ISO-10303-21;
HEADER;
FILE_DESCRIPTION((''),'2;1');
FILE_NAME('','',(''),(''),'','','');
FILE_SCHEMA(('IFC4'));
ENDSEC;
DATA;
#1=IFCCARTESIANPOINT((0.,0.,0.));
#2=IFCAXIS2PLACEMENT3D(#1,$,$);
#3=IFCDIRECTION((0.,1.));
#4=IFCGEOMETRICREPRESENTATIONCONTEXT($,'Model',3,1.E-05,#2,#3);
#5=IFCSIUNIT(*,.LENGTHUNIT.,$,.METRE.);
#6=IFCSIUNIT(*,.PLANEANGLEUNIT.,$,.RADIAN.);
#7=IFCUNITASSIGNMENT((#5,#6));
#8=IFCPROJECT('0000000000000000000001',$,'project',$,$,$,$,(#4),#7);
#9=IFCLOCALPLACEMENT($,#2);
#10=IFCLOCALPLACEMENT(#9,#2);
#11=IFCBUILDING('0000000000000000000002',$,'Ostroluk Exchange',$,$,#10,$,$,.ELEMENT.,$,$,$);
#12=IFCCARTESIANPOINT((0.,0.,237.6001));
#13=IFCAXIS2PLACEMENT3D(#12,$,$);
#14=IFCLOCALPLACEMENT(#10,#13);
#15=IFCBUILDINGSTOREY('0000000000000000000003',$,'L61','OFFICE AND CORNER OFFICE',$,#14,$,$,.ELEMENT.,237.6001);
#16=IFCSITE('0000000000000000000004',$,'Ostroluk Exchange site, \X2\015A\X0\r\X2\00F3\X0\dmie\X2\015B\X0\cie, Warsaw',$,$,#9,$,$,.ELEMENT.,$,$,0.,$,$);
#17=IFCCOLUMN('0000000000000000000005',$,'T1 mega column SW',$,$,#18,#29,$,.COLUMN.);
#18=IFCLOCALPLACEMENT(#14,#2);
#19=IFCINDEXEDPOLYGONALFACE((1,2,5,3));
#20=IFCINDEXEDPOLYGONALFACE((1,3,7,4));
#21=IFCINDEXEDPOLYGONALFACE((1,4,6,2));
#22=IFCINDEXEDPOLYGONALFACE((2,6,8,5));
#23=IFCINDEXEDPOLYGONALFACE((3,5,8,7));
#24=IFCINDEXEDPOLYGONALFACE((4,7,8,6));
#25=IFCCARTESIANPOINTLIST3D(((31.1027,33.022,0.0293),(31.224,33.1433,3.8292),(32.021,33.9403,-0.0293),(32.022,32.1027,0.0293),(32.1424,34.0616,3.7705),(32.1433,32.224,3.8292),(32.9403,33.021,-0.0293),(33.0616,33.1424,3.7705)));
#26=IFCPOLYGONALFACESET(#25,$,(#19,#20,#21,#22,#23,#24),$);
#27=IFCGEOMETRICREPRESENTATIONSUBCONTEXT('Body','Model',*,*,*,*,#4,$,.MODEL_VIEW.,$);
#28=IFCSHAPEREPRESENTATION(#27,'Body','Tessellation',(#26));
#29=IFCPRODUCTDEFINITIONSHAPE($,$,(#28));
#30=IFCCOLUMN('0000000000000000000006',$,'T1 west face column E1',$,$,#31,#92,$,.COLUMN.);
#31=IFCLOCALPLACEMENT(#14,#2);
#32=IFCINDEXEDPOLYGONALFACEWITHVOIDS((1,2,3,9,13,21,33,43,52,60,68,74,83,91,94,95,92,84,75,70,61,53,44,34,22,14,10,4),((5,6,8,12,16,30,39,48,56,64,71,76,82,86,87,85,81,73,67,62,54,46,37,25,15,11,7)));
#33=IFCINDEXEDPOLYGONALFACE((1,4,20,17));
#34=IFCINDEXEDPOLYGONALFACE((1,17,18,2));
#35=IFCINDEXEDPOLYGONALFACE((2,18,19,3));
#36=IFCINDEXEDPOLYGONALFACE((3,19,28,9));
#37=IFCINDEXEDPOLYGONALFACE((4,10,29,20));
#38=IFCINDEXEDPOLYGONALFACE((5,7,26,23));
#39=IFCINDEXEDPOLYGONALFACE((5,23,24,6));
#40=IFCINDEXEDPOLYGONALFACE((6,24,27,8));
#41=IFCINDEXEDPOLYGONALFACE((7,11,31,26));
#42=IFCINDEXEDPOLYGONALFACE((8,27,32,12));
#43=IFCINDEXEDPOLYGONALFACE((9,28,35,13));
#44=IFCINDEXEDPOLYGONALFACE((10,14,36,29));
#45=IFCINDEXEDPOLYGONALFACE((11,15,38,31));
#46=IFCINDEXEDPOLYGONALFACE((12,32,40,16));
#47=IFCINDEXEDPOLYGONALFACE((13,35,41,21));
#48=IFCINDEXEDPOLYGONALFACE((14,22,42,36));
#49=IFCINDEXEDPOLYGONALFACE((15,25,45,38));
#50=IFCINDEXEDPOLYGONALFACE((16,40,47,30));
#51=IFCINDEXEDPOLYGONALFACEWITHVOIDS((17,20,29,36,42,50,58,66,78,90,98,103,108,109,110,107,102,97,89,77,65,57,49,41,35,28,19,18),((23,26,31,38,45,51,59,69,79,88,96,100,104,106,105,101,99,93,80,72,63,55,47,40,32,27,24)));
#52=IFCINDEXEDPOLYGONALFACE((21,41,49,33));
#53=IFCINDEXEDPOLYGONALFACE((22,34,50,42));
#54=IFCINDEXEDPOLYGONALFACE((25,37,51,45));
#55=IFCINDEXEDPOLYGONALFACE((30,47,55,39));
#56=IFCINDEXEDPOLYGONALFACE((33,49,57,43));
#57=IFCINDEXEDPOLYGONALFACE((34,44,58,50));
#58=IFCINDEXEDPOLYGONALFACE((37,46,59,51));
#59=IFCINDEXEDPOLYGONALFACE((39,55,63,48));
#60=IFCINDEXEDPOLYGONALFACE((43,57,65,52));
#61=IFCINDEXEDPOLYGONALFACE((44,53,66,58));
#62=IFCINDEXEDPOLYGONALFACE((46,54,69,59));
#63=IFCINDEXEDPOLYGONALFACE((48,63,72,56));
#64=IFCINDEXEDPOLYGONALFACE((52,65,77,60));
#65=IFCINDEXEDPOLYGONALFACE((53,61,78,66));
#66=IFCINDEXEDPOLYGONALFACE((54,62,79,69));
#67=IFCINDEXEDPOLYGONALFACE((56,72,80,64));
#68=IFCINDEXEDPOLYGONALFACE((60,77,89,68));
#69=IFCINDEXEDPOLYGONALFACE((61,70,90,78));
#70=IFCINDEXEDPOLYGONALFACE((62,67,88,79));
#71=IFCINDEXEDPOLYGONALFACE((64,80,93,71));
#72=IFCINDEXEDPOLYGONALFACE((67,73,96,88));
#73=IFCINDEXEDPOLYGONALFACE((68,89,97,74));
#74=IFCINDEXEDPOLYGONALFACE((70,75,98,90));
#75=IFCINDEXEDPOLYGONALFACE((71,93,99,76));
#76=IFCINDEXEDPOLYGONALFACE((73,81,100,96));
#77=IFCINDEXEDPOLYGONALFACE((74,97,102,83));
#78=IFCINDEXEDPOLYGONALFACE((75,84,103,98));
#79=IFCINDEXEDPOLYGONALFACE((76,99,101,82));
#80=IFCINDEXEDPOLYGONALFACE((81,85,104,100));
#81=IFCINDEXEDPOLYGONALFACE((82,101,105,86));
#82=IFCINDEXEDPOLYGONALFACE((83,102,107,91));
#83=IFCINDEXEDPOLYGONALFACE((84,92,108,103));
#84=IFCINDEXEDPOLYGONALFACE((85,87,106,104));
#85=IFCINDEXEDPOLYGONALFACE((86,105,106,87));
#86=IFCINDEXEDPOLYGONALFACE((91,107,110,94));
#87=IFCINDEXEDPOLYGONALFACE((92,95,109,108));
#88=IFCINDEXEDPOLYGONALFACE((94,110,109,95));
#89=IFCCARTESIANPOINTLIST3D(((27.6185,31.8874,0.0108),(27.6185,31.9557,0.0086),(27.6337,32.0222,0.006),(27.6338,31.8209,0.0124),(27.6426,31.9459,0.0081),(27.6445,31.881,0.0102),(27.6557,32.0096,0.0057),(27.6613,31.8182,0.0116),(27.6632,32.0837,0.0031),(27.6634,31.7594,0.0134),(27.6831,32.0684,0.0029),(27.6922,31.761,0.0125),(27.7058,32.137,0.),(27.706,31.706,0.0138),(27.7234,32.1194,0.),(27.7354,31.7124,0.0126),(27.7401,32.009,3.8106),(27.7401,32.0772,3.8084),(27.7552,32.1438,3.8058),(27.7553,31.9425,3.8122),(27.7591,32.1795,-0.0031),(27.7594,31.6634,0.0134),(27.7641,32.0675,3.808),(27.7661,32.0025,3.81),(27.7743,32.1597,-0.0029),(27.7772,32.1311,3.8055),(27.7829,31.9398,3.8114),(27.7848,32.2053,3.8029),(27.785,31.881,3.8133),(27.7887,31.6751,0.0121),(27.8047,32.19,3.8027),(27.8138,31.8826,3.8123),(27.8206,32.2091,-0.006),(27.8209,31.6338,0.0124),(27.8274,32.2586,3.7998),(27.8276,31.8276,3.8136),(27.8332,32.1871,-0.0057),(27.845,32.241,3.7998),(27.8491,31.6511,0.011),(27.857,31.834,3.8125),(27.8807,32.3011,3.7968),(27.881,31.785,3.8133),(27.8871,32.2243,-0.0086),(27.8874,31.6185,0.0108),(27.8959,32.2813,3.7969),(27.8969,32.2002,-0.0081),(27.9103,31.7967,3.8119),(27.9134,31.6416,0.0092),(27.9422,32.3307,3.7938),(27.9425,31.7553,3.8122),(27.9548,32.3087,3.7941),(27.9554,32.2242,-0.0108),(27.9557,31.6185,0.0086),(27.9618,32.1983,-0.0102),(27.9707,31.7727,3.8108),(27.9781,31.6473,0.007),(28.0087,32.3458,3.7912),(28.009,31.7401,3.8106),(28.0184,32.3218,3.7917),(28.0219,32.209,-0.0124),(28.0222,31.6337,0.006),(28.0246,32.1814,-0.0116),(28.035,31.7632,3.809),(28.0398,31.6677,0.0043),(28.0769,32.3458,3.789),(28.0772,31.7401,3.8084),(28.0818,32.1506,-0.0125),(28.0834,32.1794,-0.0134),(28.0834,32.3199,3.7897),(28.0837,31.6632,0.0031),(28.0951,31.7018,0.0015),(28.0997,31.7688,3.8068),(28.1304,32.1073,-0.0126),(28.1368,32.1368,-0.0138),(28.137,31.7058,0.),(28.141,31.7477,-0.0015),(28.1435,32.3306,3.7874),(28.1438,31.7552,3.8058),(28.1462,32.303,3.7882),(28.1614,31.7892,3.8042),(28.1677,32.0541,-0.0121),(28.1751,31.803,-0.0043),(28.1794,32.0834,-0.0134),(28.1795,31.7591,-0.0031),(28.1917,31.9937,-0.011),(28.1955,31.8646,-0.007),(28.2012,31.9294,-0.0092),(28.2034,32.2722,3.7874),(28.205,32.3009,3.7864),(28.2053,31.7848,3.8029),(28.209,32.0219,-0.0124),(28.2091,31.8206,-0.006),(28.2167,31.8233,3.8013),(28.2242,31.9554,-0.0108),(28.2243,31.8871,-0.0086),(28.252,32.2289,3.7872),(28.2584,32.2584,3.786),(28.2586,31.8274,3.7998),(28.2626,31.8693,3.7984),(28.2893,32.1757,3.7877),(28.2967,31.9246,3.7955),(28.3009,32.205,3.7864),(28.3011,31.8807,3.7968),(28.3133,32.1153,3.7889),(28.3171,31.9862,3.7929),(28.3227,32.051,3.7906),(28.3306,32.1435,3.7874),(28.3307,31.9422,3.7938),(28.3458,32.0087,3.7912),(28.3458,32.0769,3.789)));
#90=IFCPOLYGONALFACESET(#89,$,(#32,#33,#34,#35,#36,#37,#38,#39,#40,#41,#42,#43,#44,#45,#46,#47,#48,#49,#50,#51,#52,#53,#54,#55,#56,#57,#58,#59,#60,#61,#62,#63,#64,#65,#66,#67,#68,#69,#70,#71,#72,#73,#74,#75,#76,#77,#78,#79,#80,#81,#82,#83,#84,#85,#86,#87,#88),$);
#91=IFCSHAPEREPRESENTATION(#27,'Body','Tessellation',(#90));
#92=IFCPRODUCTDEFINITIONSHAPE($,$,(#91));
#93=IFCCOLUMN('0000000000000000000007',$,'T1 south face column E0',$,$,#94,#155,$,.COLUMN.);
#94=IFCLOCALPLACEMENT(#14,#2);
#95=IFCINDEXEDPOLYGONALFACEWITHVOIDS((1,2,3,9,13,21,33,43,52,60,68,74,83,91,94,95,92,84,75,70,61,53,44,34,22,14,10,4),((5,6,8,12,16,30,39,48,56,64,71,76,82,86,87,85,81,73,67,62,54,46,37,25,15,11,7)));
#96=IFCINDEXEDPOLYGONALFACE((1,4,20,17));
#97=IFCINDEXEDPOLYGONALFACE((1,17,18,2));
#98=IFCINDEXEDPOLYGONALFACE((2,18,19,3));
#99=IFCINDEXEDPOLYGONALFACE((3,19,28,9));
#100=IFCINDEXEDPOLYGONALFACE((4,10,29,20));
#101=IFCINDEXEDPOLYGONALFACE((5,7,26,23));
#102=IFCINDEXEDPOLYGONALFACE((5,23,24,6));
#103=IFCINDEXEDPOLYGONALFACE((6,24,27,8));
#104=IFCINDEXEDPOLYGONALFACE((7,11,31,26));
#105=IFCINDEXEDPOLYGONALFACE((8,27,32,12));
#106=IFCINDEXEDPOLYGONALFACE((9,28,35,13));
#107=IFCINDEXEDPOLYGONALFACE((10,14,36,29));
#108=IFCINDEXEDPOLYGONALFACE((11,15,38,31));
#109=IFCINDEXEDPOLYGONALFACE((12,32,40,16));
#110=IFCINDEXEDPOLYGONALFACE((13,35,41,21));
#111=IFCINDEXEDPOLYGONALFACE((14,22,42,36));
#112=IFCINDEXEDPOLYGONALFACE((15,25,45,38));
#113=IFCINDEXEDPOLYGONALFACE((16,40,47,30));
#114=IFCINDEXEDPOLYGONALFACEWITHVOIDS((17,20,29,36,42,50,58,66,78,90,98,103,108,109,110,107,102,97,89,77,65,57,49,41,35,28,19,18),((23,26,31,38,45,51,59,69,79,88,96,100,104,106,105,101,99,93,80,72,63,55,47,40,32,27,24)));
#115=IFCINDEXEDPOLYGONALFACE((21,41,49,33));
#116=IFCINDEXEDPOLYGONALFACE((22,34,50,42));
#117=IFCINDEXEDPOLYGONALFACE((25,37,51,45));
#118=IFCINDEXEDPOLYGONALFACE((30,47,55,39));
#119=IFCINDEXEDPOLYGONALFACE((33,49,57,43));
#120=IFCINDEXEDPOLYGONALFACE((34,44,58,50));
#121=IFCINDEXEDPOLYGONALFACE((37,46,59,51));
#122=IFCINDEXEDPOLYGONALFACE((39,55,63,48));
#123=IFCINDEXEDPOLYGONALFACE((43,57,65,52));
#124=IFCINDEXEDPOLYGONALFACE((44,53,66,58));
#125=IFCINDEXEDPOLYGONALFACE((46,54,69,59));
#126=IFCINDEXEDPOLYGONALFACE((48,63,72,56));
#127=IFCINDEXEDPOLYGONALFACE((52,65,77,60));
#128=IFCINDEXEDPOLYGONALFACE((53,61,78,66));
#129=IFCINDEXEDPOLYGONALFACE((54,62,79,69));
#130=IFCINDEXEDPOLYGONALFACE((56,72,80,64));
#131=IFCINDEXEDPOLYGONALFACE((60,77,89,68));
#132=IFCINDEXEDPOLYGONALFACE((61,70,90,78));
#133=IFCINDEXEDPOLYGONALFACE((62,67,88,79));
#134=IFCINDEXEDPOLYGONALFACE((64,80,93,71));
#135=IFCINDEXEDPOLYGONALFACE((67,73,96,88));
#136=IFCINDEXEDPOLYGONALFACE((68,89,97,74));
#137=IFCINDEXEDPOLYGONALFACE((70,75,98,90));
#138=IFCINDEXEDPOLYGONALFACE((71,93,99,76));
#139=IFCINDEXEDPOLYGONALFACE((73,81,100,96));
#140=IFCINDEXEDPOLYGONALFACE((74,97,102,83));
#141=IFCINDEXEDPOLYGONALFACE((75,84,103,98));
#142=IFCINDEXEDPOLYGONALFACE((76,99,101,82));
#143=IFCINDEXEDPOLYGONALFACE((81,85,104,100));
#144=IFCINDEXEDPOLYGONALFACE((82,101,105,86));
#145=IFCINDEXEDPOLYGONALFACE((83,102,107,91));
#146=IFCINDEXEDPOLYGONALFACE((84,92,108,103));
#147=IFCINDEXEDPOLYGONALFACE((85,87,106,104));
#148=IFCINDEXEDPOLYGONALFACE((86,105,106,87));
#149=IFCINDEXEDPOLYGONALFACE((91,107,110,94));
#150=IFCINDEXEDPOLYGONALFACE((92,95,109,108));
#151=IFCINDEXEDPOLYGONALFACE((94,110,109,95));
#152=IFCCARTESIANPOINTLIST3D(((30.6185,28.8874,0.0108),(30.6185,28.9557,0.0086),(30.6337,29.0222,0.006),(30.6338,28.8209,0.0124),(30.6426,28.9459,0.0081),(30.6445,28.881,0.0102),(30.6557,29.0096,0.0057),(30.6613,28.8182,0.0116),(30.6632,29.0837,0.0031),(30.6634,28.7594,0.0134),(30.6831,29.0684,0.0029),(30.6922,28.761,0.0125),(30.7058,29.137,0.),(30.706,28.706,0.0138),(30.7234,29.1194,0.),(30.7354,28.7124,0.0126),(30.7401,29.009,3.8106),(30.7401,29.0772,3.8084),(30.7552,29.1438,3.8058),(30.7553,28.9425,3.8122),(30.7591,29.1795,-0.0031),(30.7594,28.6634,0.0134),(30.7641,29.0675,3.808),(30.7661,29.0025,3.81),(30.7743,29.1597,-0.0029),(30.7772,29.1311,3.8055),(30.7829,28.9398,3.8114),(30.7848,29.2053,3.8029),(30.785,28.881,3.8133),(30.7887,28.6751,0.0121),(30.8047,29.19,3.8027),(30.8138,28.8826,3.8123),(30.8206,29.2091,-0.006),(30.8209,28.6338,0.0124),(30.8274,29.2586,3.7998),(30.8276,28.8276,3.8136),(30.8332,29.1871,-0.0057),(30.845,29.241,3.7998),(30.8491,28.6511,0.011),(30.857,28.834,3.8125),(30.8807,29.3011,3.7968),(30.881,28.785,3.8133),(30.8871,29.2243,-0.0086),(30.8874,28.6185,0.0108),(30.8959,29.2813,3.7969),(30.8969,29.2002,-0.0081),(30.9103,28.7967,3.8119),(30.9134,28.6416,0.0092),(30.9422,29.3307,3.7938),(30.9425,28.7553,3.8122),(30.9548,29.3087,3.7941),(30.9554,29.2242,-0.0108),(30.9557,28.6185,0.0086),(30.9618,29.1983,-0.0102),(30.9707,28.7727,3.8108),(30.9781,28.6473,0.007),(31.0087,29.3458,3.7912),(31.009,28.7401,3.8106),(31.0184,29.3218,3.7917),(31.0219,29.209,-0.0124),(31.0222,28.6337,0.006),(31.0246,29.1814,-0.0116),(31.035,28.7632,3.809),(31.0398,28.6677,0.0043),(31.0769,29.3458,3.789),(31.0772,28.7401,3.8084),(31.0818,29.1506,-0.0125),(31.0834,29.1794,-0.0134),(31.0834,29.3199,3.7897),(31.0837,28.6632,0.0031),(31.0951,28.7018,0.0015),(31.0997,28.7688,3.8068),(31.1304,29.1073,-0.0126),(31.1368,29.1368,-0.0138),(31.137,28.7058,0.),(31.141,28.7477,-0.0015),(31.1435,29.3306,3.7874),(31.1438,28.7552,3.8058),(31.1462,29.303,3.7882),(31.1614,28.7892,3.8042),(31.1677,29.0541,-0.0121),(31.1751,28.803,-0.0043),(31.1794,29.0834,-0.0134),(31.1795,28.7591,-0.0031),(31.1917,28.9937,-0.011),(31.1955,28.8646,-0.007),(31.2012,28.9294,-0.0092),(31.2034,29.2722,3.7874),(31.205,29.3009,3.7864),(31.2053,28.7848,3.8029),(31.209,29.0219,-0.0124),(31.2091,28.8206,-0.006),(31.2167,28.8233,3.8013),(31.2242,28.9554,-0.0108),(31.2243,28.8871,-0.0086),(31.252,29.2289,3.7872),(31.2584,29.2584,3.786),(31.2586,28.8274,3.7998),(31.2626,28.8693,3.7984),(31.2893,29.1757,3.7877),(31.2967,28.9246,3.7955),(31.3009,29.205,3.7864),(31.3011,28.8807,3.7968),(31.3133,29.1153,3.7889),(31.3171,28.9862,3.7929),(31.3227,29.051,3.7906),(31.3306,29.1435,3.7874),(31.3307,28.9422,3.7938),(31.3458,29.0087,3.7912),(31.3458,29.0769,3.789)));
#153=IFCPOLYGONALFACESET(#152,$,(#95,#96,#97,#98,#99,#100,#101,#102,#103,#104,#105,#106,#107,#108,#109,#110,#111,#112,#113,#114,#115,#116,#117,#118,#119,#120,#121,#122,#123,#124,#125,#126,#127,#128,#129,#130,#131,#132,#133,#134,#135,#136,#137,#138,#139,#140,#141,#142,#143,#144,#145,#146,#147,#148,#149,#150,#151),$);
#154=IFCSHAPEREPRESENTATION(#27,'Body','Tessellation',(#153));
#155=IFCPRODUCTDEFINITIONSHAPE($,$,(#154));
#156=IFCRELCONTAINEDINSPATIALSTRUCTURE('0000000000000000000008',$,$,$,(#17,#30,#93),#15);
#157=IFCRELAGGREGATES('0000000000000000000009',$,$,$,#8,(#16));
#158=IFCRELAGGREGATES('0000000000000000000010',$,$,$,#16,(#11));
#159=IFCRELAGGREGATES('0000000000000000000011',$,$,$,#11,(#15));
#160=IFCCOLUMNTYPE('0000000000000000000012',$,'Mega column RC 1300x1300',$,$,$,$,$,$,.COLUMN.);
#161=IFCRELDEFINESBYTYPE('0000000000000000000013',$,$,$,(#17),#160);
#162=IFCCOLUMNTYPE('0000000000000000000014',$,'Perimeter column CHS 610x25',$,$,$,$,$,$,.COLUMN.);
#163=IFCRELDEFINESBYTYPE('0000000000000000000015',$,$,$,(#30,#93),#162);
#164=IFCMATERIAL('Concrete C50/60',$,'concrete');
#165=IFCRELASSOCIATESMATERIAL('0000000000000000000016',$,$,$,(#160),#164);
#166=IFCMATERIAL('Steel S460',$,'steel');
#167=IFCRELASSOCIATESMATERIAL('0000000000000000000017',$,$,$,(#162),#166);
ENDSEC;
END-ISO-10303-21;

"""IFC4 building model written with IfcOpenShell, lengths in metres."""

from ifc_helpers import new_model, si_unit, direction, frame, origin, origin_2d, place, context, subcontext, project, spatial, rectangle, hollow_circle, extrude, material, material_profile, profile_set, type_object, element, save


model = new_model("IFC4")

# Units and contexts
model_context = context("Model", 3, precision=1e-05, world=origin(), true_north=direction((0.0, 1.0)))
body_context = subcontext(model_context, "Body", "Model", "MODEL_VIEW")
ifc_project = project(units=[si_unit("LENGTHUNIT", "METRE"), si_unit("PLANEANGLEUNIT", "RADIAN")], contexts=[model_context])

# Site, building, storey
site_placement = place(None, origin())
site = spatial("IfcSite", under=ifc_project, at=site_placement, Name="Ostroluk Exchange site, Śródmieście, Warsaw", CompositionType="ELEMENT", RefElevation=0.0)
building_placement = place(site_placement, origin())
building = spatial("IfcBuilding", under=site, at=building_placement, Name="Ostroluk Exchange", CompositionType="ELEMENT")
storey_placement = place(building_placement, frame((0.0, 0.0, 237.6001)))
storey = spatial("IfcBuildingStorey", under=building, at=storey_placement, Name="L61", Description="OFFICE AND CORNER OFFICE", CompositionType="ELEMENT", Elevation=237.6001)

# Columns
ifc_material_1 = material(Name="Concrete C50/60", Category="concrete")
ifc_material_profile_1 = material_profile(ifc_material_1, rectangle(XDim=1.3, YDim=1.3, at=origin_2d()), Name="RC 1300x1300")
ifc_profile_set_1 = profile_set([ifc_material_profile_1], Name="Concrete C50/60")
column_type_1 = type_object("IfcColumnType", Name="Mega column RC 1300x1300", PredefinedType="COLUMN", material=ifc_profile_set_1)
column_1_placement = place(storey_placement, frame((32.0215, 33.0215, 0.0), z_axis=(0.0319, 0.0319, 0.998982), x_axis=(-0.707107, 0.707107, 0.0)))
element("IfcColumn", 1, at=column_1_placement, inside=storey, type_object=column_type_1, Name="T1 mega column SW", PredefinedType="COLUMN", context=body_context, shape_type="SweptSolid", body=[
    extrude(rectangle(XDim=1.3, YDim=1.3, at=origin_2d()), origin(), (0.0, 0.0, 1.0), 3.8037),
])
ifc_material_2 = material(Name="Steel S460", Category="steel")
ifc_material_profile_2 = material_profile(ifc_material_2, hollow_circle(Radius=0.3049, WallThickness=0.0249, at=origin_2d()), Name="CHS 610x25")
ifc_profile_set_2 = profile_set([ifc_material_profile_2], Name="Steel S460")
column_type_2 = type_object("IfcColumnType", Name="Perimeter column CHS 610x25", PredefinedType="COLUMN", material=ifc_profile_set_2)
for number, where, z_axis, x_axis, name in (
    (2, (27.9214, 31.9214, 0.0), (0.031964, 0.031964, 0.998978), (-0.707107, 0.707107, 0.0), "T1 west face column E1"),
    (3, (30.9214, 28.9214, 0.0), (0.031964, 0.031964, 0.998978), (-0.707107, 0.707107, 0.0), "T1 south face column E0"),
):
    element("IfcColumn", number, at=place(storey_placement, frame(where, z_axis=z_axis, x_axis=x_axis)), inside=storey, type_object=column_type_2, Name=name, PredefinedType="COLUMN", context=body_context, shape_type="SweptSolid", body=[
        extrude(hollow_circle(Radius=0.3049, WallThickness=0.0249, at=origin_2d()), origin(), (0.0, 0.0, 1.0), 3.8037),
    ])

save(model, "model.ifc")
